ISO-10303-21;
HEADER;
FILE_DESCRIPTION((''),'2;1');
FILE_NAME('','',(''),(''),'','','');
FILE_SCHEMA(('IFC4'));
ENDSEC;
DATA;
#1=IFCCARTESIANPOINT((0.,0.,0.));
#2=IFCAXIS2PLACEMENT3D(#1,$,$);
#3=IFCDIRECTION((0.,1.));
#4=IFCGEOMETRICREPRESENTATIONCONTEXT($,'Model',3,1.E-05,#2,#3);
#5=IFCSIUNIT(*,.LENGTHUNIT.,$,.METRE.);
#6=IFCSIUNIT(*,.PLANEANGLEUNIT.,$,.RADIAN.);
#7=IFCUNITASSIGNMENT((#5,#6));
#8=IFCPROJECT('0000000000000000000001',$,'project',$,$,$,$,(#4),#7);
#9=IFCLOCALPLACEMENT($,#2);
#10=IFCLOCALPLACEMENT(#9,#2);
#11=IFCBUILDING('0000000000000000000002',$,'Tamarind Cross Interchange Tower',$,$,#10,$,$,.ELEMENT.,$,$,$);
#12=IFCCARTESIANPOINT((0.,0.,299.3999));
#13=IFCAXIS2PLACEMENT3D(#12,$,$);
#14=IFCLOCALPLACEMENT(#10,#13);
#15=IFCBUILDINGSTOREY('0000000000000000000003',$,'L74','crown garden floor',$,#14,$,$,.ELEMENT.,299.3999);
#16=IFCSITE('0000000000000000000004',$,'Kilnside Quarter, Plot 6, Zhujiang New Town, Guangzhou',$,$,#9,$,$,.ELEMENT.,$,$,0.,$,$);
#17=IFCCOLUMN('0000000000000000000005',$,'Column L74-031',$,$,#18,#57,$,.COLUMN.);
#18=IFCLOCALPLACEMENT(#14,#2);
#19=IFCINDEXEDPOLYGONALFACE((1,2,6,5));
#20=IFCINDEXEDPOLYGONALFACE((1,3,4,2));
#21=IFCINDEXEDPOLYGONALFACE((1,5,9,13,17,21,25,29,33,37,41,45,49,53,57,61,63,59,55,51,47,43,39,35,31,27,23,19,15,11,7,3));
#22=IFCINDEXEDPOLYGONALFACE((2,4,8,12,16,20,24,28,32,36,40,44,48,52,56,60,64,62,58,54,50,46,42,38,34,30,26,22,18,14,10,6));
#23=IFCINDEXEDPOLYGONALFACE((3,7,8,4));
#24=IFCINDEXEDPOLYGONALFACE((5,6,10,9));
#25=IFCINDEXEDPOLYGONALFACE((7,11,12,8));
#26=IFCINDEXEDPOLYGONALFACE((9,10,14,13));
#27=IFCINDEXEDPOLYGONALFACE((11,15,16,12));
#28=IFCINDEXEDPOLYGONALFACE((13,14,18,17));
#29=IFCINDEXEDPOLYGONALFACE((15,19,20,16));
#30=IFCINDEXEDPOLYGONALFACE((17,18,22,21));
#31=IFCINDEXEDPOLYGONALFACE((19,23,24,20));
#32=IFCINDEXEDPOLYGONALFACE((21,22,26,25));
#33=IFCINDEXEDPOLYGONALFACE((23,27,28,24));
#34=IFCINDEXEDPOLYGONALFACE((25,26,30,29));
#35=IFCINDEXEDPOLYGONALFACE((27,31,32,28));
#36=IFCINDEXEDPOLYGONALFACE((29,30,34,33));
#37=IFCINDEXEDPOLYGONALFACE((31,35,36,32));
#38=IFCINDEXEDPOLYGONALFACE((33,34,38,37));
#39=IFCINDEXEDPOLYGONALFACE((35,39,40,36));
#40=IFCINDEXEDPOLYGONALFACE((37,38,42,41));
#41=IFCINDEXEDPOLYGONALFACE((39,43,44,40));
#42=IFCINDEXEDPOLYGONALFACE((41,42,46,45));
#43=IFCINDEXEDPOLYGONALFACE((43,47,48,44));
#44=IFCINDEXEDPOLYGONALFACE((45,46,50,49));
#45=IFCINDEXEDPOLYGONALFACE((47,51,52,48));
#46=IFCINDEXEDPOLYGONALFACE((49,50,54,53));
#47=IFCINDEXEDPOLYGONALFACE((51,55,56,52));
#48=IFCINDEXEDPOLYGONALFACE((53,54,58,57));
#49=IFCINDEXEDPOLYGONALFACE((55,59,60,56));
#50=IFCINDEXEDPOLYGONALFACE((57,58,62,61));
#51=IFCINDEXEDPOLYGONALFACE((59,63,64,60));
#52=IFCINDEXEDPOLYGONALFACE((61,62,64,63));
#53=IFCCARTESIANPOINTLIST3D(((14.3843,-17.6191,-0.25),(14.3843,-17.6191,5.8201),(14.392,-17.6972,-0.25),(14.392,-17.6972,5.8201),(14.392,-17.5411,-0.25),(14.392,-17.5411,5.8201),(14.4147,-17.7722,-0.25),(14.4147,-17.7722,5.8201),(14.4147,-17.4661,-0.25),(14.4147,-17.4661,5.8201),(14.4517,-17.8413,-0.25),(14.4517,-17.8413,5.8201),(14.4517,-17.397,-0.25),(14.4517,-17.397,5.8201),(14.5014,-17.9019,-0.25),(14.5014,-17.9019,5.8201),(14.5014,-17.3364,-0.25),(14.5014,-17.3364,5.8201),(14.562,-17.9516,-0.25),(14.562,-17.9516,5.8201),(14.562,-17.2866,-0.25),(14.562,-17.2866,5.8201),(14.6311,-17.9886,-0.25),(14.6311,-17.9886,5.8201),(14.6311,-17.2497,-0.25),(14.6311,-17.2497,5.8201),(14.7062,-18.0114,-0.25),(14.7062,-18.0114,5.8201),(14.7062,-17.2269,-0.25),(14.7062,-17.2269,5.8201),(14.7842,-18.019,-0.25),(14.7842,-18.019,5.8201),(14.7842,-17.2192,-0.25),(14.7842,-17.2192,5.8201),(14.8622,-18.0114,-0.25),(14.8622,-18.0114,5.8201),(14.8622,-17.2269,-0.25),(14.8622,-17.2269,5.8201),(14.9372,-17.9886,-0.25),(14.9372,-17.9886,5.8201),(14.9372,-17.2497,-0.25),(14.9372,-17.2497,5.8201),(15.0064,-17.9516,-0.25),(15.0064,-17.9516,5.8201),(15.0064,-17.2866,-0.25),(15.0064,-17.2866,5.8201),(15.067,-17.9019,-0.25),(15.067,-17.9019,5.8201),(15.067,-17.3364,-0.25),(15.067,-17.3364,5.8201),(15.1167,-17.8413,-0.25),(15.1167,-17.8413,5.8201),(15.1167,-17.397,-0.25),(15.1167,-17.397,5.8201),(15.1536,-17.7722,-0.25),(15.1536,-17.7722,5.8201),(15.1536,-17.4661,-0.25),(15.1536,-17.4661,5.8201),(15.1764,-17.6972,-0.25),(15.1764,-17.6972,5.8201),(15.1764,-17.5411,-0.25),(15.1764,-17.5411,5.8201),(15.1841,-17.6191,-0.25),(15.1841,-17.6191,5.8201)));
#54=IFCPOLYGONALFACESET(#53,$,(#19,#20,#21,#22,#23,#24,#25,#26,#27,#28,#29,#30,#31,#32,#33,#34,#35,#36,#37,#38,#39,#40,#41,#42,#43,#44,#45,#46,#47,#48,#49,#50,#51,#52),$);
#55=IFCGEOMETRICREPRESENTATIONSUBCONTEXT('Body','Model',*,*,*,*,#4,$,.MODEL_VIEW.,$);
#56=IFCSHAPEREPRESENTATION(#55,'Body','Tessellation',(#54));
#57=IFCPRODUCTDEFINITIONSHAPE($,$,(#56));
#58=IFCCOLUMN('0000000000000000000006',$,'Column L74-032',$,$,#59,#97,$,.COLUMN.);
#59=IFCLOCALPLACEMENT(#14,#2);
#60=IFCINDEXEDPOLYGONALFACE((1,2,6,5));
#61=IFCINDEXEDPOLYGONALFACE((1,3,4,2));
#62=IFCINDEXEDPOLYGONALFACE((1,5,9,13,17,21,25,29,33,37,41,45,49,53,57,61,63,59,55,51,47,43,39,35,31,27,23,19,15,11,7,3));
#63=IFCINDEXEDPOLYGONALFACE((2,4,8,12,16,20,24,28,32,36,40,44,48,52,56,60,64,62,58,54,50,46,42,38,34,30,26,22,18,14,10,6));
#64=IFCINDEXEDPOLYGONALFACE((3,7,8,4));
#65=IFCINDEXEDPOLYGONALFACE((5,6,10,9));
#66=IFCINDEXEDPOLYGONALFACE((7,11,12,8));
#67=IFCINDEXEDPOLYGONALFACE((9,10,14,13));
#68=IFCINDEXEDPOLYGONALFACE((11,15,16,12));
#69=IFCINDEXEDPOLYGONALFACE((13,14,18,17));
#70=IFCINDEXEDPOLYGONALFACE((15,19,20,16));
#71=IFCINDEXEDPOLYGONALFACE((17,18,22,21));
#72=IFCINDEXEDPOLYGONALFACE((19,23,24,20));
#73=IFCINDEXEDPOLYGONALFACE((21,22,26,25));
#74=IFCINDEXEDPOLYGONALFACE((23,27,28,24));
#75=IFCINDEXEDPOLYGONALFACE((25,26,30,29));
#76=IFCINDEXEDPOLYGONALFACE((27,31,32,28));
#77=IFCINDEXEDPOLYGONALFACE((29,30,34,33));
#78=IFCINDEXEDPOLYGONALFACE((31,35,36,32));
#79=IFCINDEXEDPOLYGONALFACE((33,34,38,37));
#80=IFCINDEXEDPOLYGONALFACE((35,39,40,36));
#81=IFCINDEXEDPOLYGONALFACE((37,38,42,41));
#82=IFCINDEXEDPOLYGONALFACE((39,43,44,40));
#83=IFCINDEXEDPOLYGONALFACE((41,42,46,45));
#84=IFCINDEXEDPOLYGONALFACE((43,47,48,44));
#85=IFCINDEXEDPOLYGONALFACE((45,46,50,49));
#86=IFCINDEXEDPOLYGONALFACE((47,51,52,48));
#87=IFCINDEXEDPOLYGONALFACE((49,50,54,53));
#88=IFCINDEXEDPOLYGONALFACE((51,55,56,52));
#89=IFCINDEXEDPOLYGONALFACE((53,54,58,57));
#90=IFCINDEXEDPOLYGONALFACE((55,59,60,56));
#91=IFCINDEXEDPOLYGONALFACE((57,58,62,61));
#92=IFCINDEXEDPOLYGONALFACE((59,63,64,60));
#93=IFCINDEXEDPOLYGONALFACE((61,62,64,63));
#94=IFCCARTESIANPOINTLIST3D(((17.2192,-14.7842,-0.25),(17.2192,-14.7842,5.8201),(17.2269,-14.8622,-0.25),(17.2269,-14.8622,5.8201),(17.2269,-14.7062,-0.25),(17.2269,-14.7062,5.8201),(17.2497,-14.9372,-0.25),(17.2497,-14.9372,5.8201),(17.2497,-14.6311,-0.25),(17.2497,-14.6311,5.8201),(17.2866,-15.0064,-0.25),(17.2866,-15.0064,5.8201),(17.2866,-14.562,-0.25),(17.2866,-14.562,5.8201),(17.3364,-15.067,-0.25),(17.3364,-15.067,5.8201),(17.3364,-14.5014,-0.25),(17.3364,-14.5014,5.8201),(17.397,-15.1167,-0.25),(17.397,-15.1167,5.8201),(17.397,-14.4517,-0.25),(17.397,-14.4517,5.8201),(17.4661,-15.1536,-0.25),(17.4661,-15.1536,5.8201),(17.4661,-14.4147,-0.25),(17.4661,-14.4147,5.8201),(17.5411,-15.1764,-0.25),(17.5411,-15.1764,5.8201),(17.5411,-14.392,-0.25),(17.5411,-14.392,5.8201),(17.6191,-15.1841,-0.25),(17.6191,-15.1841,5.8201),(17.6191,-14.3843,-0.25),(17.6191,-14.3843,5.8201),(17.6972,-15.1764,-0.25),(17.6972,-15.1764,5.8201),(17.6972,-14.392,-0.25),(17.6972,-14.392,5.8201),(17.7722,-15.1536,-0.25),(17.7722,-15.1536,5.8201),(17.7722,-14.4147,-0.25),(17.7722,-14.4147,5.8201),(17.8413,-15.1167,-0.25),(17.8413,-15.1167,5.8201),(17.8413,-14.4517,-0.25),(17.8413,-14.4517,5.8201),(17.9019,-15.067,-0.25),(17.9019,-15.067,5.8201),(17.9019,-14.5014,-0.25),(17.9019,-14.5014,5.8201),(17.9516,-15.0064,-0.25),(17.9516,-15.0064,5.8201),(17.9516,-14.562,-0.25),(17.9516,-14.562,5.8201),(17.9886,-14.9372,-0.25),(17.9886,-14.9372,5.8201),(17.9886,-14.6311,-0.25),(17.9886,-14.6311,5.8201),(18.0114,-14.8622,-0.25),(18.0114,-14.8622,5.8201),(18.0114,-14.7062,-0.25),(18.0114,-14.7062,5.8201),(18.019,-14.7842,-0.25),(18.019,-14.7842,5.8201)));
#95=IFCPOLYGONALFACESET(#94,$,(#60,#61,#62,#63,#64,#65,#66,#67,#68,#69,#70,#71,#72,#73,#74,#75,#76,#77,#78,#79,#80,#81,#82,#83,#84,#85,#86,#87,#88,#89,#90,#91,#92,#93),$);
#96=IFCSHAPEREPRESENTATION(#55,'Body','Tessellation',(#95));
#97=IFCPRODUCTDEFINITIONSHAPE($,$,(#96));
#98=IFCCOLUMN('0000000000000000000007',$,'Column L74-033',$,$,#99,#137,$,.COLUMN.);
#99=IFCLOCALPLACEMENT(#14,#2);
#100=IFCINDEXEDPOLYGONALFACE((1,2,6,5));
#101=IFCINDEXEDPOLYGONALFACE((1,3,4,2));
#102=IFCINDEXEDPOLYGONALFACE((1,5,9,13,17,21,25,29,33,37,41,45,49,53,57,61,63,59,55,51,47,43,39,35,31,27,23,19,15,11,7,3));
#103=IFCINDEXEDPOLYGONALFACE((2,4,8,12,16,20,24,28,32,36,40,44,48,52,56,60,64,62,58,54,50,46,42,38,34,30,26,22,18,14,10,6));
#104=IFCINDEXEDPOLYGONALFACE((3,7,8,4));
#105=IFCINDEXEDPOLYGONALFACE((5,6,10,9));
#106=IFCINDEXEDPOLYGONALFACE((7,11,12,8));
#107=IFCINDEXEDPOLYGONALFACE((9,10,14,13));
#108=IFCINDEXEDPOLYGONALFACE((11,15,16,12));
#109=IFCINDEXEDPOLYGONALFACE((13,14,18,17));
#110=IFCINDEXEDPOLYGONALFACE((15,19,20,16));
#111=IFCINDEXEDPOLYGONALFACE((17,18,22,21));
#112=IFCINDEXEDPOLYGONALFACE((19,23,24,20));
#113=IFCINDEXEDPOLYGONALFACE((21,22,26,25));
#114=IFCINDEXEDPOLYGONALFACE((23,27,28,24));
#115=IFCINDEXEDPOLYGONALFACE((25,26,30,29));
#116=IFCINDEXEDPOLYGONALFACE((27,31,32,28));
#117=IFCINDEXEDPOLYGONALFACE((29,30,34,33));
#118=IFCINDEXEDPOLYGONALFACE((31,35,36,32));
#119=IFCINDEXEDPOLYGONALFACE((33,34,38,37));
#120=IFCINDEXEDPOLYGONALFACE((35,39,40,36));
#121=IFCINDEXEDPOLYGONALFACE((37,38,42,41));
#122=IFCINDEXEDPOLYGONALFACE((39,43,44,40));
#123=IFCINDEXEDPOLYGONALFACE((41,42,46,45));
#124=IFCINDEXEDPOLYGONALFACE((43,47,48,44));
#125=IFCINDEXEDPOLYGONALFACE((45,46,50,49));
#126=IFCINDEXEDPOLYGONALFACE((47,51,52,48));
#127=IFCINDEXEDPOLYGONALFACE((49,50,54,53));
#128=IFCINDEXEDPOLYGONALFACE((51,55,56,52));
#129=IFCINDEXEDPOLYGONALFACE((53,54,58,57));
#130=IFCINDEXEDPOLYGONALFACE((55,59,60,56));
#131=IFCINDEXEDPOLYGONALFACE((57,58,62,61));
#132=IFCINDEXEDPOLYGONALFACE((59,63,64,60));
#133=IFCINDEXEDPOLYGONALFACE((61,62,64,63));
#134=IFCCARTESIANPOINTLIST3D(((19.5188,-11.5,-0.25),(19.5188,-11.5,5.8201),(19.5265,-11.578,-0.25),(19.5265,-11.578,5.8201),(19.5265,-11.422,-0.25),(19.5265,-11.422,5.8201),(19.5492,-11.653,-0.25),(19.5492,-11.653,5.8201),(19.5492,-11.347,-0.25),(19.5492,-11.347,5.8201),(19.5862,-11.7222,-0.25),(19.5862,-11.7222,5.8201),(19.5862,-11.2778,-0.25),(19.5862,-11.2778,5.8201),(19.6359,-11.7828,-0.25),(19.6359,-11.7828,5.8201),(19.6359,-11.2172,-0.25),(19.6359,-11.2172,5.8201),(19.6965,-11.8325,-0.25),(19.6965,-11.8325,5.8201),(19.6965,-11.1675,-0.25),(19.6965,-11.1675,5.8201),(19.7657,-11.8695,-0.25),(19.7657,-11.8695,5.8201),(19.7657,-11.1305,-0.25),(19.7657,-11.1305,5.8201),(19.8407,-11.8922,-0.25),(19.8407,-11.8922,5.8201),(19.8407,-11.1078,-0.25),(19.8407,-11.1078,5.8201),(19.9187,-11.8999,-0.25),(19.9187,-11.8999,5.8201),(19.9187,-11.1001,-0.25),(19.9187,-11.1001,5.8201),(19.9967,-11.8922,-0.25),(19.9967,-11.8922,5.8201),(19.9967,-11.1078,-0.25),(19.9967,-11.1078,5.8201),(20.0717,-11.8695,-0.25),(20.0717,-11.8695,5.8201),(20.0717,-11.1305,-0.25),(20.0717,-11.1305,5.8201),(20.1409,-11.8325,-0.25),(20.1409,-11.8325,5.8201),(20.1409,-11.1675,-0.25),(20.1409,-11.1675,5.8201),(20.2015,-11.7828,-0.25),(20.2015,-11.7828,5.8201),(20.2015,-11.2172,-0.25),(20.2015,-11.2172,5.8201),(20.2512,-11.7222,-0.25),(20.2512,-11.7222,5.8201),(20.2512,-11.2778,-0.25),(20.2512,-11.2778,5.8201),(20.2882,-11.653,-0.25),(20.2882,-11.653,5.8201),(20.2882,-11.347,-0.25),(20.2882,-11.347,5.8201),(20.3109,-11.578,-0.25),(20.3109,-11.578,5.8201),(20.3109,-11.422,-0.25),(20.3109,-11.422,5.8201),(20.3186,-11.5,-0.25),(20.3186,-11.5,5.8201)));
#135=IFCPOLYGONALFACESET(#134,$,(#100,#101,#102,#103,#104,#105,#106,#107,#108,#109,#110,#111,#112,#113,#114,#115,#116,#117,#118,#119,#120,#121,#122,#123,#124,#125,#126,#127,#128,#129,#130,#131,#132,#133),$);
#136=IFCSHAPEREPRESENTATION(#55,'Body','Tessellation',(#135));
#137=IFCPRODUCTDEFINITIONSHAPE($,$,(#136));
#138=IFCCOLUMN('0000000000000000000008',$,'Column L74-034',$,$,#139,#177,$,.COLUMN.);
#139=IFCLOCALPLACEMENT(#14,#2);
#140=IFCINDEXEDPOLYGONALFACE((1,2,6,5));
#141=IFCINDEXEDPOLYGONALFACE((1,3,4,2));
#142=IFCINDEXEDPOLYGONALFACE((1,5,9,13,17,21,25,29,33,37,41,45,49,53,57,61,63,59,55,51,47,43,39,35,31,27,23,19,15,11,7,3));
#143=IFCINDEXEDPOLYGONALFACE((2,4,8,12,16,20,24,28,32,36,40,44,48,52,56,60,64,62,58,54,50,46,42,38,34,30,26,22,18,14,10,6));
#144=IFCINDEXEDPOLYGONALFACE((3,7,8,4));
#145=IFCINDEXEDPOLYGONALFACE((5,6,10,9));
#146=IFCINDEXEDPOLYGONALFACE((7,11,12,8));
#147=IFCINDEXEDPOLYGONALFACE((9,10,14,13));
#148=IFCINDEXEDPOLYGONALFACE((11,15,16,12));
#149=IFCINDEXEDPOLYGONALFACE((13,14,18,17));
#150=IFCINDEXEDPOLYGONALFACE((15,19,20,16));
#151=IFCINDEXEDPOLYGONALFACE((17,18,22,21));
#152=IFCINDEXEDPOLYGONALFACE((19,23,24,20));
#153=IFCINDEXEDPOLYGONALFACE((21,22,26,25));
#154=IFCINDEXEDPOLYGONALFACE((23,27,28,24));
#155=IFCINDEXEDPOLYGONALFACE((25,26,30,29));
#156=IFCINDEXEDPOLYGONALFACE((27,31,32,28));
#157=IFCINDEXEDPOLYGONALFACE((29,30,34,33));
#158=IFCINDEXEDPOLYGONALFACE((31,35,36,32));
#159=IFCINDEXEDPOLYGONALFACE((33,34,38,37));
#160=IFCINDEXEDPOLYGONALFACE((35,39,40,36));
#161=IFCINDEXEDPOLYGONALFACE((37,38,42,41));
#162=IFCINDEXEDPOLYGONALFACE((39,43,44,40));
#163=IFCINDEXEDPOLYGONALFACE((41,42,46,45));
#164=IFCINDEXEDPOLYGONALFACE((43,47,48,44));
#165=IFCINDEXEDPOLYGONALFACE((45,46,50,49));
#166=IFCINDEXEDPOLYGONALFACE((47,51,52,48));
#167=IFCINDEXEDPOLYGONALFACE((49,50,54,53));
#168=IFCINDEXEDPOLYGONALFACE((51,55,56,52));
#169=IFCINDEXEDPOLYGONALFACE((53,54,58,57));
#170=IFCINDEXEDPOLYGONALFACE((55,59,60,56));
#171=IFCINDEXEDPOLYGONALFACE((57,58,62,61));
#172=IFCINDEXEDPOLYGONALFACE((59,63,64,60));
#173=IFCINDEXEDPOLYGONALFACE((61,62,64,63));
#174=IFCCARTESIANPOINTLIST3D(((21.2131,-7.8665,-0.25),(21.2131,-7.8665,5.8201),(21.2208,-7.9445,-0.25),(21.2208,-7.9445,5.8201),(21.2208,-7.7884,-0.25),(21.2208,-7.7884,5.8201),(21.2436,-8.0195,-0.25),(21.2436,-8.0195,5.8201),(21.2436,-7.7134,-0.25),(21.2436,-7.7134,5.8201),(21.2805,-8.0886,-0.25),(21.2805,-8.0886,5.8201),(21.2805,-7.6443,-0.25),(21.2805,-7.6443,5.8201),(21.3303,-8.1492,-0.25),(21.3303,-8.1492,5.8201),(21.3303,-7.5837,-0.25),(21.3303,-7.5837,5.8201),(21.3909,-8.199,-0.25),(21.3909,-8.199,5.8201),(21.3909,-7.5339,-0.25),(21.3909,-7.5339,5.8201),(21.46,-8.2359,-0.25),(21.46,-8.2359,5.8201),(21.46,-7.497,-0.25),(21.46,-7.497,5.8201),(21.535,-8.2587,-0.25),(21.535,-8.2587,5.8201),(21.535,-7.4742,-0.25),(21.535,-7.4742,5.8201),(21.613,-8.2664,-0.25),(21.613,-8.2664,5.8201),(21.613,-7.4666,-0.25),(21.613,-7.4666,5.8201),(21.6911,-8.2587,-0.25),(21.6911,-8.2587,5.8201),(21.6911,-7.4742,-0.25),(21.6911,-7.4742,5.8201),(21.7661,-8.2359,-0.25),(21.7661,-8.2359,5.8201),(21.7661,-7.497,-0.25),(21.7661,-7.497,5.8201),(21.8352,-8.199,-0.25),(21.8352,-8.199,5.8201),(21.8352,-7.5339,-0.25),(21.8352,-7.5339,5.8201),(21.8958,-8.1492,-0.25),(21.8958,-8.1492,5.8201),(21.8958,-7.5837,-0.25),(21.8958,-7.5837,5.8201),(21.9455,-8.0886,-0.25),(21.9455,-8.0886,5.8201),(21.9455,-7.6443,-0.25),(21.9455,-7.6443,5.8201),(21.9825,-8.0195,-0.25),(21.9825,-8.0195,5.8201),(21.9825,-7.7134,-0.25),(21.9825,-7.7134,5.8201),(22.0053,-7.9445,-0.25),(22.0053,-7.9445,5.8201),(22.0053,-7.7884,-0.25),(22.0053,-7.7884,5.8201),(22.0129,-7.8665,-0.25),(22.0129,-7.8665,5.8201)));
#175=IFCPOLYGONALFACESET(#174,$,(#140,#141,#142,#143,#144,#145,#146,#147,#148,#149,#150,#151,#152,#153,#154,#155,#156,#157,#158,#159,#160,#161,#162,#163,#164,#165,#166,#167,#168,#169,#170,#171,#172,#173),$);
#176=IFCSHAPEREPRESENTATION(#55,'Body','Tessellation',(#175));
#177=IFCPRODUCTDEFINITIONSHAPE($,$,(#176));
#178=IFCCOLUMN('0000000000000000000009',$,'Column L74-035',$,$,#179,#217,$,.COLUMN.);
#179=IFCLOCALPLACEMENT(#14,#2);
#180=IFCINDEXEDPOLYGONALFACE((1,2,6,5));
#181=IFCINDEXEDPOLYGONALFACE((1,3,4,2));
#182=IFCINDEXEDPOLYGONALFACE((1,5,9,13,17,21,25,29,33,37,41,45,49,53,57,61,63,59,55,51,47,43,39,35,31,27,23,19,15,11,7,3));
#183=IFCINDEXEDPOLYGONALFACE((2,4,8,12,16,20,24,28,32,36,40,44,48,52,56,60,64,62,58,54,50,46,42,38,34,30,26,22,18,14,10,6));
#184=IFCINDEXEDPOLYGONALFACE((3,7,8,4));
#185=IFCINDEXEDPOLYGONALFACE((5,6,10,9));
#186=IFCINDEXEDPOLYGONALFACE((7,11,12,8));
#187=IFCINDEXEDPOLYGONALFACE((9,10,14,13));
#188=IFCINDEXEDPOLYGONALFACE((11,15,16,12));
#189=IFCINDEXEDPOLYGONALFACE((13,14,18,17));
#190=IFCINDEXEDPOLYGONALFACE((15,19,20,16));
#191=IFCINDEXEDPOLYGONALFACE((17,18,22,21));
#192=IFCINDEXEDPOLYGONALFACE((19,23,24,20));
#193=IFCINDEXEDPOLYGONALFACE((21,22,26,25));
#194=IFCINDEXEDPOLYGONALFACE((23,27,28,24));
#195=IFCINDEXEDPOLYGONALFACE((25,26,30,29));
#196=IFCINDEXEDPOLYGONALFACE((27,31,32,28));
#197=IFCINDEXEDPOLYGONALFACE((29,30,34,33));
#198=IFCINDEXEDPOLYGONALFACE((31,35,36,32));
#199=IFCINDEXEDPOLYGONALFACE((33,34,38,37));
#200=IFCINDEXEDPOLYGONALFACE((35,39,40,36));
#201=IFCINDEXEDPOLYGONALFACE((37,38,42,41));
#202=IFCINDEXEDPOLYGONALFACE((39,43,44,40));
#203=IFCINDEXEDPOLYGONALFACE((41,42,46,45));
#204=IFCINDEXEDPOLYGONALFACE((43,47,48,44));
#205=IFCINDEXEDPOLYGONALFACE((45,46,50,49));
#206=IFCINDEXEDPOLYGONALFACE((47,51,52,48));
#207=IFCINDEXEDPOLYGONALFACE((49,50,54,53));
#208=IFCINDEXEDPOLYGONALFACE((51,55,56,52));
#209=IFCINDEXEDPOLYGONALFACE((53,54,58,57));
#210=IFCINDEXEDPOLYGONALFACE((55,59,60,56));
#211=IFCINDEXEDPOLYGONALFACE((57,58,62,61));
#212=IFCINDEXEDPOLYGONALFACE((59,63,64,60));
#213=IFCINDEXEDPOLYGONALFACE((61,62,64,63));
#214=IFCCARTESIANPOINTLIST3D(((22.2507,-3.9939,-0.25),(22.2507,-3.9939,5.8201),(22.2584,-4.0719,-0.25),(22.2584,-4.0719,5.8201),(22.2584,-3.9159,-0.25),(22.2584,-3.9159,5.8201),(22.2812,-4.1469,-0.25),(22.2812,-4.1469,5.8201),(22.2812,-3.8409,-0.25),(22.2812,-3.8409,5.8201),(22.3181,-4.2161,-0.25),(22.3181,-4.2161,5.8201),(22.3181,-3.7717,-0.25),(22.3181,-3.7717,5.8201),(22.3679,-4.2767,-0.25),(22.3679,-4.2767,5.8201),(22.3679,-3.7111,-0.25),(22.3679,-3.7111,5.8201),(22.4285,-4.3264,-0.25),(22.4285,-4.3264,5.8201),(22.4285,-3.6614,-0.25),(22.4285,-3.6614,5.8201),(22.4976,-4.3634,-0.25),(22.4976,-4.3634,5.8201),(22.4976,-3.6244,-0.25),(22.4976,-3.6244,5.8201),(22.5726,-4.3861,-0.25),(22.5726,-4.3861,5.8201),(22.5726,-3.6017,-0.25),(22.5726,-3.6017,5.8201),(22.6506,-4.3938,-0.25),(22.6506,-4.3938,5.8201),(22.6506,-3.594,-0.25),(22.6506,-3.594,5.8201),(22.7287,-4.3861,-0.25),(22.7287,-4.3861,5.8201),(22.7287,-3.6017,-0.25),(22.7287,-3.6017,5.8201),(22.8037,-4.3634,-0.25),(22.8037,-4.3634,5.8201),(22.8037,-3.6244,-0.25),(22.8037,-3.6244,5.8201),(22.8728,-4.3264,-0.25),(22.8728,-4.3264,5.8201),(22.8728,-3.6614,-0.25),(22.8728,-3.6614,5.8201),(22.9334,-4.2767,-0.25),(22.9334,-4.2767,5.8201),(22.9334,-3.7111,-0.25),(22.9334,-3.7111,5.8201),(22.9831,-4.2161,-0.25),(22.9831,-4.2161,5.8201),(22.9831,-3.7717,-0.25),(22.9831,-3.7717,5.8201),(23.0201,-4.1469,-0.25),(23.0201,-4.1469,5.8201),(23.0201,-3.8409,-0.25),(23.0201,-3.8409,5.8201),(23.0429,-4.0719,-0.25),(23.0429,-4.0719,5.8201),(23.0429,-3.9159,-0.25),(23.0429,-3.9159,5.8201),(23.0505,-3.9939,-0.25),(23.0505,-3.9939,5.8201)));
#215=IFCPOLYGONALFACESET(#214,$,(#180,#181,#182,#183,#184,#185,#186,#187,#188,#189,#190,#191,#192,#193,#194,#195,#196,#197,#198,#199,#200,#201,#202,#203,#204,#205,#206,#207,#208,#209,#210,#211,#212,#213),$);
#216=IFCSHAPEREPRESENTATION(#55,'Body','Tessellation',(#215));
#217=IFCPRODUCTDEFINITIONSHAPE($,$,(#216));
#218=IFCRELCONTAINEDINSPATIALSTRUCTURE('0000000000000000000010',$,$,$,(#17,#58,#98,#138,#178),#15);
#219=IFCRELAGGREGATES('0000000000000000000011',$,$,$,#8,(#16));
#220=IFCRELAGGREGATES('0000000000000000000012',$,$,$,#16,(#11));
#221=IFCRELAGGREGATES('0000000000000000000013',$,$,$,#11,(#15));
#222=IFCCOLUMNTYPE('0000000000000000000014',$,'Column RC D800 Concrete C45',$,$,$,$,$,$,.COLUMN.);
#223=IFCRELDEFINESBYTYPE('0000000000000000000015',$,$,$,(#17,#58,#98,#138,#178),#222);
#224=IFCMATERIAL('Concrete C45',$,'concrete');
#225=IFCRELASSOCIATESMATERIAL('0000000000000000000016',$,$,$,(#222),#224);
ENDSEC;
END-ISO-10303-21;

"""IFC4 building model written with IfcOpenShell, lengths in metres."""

from ifc_helpers import new_model, si_unit, direction, frame, origin, origin_2d, place, context, subcontext, project, spatial, circle, extrude, material, material_profile, profile_set, type_object, element, save


model = new_model("IFC4")

# Units and contexts
model_context = context("Model", 3, precision=1e-05, world=origin(), true_north=direction((0.0, 1.0)))
body_context = subcontext(model_context, "Body", "Model", "MODEL_VIEW")
ifc_project = project(units=[si_unit("LENGTHUNIT", "METRE"), si_unit("PLANEANGLEUNIT", "RADIAN")], contexts=[model_context])

# Site, building, storey
site_placement = place(None, origin())
site = spatial("IfcSite", under=ifc_project, at=site_placement, Name="Kilnside Quarter, Plot 6, Zhujiang New Town, Guangzhou", CompositionType="ELEMENT", RefElevation=0.0)
building_placement = place(site_placement, origin())
building = spatial("IfcBuilding", under=site, at=building_placement, Name="Tamarind Cross Interchange Tower", CompositionType="ELEMENT")
storey_placement = place(building_placement, frame((0.0, 0.0, 299.3999)))
storey = spatial("IfcBuildingStorey", under=building, at=storey_placement, Name="L74", Description="crown garden floor", CompositionType="ELEMENT", Elevation=299.3999)

# Columns
ifc_material_1 = material(Name="Concrete C45", Category="concrete")
ifc_material_profile_1 = material_profile(ifc_material_1, circle(Radius=0.3999, at=origin_2d()), Name="RC D800")
ifc_profile_set_1 = profile_set([ifc_material_profile_1], Name="Concrete C45")
column_type = type_object("IfcColumnType", Name="Column RC D800 Concrete C45", PredefinedType="COLUMN", material=ifc_profile_set_1)
for number, where, z_axis, x_axis, name in (
    (1, (14.7842, -17.6191, -0.25), (0.0, 0.0, 1.0), (1.0, 0.0, 0.0), "Column L74-031"),
    (2, (17.6191, -14.7842, -0.25), (0.0, 0.0, 1.0), (1.0, 0.0, 0.0), "Column L74-032"),
    (3, (19.9187, -11.5, -0.25), (0.0, 0.0, 1.0), (1.0, 0.0, 0.0), "Column L74-033"),
    (4, (21.613, -7.8665, -0.25), (0.0, 0.0, 1.0), (1.0, 0.0, 0.0), "Column L74-034"),
    (5, (22.6506, -3.9939, -0.25), (0.0, 0.0, 1.0), (1.0, 0.0, 0.0), "Column L74-035"),
):
    element("IfcColumn", number, at=place(storey_placement, frame(where, z_axis=z_axis, x_axis=x_axis)), inside=storey, type_object=column_type, Name=name, PredefinedType="COLUMN", context=body_context, shape_type="SweptSolid", body=[
        extrude(circle(Radius=0.3999, at=origin_2d()), origin(), (0.0, 0.0, 1.0), 6.0701),
    ])

save(model, "model.ifc")
